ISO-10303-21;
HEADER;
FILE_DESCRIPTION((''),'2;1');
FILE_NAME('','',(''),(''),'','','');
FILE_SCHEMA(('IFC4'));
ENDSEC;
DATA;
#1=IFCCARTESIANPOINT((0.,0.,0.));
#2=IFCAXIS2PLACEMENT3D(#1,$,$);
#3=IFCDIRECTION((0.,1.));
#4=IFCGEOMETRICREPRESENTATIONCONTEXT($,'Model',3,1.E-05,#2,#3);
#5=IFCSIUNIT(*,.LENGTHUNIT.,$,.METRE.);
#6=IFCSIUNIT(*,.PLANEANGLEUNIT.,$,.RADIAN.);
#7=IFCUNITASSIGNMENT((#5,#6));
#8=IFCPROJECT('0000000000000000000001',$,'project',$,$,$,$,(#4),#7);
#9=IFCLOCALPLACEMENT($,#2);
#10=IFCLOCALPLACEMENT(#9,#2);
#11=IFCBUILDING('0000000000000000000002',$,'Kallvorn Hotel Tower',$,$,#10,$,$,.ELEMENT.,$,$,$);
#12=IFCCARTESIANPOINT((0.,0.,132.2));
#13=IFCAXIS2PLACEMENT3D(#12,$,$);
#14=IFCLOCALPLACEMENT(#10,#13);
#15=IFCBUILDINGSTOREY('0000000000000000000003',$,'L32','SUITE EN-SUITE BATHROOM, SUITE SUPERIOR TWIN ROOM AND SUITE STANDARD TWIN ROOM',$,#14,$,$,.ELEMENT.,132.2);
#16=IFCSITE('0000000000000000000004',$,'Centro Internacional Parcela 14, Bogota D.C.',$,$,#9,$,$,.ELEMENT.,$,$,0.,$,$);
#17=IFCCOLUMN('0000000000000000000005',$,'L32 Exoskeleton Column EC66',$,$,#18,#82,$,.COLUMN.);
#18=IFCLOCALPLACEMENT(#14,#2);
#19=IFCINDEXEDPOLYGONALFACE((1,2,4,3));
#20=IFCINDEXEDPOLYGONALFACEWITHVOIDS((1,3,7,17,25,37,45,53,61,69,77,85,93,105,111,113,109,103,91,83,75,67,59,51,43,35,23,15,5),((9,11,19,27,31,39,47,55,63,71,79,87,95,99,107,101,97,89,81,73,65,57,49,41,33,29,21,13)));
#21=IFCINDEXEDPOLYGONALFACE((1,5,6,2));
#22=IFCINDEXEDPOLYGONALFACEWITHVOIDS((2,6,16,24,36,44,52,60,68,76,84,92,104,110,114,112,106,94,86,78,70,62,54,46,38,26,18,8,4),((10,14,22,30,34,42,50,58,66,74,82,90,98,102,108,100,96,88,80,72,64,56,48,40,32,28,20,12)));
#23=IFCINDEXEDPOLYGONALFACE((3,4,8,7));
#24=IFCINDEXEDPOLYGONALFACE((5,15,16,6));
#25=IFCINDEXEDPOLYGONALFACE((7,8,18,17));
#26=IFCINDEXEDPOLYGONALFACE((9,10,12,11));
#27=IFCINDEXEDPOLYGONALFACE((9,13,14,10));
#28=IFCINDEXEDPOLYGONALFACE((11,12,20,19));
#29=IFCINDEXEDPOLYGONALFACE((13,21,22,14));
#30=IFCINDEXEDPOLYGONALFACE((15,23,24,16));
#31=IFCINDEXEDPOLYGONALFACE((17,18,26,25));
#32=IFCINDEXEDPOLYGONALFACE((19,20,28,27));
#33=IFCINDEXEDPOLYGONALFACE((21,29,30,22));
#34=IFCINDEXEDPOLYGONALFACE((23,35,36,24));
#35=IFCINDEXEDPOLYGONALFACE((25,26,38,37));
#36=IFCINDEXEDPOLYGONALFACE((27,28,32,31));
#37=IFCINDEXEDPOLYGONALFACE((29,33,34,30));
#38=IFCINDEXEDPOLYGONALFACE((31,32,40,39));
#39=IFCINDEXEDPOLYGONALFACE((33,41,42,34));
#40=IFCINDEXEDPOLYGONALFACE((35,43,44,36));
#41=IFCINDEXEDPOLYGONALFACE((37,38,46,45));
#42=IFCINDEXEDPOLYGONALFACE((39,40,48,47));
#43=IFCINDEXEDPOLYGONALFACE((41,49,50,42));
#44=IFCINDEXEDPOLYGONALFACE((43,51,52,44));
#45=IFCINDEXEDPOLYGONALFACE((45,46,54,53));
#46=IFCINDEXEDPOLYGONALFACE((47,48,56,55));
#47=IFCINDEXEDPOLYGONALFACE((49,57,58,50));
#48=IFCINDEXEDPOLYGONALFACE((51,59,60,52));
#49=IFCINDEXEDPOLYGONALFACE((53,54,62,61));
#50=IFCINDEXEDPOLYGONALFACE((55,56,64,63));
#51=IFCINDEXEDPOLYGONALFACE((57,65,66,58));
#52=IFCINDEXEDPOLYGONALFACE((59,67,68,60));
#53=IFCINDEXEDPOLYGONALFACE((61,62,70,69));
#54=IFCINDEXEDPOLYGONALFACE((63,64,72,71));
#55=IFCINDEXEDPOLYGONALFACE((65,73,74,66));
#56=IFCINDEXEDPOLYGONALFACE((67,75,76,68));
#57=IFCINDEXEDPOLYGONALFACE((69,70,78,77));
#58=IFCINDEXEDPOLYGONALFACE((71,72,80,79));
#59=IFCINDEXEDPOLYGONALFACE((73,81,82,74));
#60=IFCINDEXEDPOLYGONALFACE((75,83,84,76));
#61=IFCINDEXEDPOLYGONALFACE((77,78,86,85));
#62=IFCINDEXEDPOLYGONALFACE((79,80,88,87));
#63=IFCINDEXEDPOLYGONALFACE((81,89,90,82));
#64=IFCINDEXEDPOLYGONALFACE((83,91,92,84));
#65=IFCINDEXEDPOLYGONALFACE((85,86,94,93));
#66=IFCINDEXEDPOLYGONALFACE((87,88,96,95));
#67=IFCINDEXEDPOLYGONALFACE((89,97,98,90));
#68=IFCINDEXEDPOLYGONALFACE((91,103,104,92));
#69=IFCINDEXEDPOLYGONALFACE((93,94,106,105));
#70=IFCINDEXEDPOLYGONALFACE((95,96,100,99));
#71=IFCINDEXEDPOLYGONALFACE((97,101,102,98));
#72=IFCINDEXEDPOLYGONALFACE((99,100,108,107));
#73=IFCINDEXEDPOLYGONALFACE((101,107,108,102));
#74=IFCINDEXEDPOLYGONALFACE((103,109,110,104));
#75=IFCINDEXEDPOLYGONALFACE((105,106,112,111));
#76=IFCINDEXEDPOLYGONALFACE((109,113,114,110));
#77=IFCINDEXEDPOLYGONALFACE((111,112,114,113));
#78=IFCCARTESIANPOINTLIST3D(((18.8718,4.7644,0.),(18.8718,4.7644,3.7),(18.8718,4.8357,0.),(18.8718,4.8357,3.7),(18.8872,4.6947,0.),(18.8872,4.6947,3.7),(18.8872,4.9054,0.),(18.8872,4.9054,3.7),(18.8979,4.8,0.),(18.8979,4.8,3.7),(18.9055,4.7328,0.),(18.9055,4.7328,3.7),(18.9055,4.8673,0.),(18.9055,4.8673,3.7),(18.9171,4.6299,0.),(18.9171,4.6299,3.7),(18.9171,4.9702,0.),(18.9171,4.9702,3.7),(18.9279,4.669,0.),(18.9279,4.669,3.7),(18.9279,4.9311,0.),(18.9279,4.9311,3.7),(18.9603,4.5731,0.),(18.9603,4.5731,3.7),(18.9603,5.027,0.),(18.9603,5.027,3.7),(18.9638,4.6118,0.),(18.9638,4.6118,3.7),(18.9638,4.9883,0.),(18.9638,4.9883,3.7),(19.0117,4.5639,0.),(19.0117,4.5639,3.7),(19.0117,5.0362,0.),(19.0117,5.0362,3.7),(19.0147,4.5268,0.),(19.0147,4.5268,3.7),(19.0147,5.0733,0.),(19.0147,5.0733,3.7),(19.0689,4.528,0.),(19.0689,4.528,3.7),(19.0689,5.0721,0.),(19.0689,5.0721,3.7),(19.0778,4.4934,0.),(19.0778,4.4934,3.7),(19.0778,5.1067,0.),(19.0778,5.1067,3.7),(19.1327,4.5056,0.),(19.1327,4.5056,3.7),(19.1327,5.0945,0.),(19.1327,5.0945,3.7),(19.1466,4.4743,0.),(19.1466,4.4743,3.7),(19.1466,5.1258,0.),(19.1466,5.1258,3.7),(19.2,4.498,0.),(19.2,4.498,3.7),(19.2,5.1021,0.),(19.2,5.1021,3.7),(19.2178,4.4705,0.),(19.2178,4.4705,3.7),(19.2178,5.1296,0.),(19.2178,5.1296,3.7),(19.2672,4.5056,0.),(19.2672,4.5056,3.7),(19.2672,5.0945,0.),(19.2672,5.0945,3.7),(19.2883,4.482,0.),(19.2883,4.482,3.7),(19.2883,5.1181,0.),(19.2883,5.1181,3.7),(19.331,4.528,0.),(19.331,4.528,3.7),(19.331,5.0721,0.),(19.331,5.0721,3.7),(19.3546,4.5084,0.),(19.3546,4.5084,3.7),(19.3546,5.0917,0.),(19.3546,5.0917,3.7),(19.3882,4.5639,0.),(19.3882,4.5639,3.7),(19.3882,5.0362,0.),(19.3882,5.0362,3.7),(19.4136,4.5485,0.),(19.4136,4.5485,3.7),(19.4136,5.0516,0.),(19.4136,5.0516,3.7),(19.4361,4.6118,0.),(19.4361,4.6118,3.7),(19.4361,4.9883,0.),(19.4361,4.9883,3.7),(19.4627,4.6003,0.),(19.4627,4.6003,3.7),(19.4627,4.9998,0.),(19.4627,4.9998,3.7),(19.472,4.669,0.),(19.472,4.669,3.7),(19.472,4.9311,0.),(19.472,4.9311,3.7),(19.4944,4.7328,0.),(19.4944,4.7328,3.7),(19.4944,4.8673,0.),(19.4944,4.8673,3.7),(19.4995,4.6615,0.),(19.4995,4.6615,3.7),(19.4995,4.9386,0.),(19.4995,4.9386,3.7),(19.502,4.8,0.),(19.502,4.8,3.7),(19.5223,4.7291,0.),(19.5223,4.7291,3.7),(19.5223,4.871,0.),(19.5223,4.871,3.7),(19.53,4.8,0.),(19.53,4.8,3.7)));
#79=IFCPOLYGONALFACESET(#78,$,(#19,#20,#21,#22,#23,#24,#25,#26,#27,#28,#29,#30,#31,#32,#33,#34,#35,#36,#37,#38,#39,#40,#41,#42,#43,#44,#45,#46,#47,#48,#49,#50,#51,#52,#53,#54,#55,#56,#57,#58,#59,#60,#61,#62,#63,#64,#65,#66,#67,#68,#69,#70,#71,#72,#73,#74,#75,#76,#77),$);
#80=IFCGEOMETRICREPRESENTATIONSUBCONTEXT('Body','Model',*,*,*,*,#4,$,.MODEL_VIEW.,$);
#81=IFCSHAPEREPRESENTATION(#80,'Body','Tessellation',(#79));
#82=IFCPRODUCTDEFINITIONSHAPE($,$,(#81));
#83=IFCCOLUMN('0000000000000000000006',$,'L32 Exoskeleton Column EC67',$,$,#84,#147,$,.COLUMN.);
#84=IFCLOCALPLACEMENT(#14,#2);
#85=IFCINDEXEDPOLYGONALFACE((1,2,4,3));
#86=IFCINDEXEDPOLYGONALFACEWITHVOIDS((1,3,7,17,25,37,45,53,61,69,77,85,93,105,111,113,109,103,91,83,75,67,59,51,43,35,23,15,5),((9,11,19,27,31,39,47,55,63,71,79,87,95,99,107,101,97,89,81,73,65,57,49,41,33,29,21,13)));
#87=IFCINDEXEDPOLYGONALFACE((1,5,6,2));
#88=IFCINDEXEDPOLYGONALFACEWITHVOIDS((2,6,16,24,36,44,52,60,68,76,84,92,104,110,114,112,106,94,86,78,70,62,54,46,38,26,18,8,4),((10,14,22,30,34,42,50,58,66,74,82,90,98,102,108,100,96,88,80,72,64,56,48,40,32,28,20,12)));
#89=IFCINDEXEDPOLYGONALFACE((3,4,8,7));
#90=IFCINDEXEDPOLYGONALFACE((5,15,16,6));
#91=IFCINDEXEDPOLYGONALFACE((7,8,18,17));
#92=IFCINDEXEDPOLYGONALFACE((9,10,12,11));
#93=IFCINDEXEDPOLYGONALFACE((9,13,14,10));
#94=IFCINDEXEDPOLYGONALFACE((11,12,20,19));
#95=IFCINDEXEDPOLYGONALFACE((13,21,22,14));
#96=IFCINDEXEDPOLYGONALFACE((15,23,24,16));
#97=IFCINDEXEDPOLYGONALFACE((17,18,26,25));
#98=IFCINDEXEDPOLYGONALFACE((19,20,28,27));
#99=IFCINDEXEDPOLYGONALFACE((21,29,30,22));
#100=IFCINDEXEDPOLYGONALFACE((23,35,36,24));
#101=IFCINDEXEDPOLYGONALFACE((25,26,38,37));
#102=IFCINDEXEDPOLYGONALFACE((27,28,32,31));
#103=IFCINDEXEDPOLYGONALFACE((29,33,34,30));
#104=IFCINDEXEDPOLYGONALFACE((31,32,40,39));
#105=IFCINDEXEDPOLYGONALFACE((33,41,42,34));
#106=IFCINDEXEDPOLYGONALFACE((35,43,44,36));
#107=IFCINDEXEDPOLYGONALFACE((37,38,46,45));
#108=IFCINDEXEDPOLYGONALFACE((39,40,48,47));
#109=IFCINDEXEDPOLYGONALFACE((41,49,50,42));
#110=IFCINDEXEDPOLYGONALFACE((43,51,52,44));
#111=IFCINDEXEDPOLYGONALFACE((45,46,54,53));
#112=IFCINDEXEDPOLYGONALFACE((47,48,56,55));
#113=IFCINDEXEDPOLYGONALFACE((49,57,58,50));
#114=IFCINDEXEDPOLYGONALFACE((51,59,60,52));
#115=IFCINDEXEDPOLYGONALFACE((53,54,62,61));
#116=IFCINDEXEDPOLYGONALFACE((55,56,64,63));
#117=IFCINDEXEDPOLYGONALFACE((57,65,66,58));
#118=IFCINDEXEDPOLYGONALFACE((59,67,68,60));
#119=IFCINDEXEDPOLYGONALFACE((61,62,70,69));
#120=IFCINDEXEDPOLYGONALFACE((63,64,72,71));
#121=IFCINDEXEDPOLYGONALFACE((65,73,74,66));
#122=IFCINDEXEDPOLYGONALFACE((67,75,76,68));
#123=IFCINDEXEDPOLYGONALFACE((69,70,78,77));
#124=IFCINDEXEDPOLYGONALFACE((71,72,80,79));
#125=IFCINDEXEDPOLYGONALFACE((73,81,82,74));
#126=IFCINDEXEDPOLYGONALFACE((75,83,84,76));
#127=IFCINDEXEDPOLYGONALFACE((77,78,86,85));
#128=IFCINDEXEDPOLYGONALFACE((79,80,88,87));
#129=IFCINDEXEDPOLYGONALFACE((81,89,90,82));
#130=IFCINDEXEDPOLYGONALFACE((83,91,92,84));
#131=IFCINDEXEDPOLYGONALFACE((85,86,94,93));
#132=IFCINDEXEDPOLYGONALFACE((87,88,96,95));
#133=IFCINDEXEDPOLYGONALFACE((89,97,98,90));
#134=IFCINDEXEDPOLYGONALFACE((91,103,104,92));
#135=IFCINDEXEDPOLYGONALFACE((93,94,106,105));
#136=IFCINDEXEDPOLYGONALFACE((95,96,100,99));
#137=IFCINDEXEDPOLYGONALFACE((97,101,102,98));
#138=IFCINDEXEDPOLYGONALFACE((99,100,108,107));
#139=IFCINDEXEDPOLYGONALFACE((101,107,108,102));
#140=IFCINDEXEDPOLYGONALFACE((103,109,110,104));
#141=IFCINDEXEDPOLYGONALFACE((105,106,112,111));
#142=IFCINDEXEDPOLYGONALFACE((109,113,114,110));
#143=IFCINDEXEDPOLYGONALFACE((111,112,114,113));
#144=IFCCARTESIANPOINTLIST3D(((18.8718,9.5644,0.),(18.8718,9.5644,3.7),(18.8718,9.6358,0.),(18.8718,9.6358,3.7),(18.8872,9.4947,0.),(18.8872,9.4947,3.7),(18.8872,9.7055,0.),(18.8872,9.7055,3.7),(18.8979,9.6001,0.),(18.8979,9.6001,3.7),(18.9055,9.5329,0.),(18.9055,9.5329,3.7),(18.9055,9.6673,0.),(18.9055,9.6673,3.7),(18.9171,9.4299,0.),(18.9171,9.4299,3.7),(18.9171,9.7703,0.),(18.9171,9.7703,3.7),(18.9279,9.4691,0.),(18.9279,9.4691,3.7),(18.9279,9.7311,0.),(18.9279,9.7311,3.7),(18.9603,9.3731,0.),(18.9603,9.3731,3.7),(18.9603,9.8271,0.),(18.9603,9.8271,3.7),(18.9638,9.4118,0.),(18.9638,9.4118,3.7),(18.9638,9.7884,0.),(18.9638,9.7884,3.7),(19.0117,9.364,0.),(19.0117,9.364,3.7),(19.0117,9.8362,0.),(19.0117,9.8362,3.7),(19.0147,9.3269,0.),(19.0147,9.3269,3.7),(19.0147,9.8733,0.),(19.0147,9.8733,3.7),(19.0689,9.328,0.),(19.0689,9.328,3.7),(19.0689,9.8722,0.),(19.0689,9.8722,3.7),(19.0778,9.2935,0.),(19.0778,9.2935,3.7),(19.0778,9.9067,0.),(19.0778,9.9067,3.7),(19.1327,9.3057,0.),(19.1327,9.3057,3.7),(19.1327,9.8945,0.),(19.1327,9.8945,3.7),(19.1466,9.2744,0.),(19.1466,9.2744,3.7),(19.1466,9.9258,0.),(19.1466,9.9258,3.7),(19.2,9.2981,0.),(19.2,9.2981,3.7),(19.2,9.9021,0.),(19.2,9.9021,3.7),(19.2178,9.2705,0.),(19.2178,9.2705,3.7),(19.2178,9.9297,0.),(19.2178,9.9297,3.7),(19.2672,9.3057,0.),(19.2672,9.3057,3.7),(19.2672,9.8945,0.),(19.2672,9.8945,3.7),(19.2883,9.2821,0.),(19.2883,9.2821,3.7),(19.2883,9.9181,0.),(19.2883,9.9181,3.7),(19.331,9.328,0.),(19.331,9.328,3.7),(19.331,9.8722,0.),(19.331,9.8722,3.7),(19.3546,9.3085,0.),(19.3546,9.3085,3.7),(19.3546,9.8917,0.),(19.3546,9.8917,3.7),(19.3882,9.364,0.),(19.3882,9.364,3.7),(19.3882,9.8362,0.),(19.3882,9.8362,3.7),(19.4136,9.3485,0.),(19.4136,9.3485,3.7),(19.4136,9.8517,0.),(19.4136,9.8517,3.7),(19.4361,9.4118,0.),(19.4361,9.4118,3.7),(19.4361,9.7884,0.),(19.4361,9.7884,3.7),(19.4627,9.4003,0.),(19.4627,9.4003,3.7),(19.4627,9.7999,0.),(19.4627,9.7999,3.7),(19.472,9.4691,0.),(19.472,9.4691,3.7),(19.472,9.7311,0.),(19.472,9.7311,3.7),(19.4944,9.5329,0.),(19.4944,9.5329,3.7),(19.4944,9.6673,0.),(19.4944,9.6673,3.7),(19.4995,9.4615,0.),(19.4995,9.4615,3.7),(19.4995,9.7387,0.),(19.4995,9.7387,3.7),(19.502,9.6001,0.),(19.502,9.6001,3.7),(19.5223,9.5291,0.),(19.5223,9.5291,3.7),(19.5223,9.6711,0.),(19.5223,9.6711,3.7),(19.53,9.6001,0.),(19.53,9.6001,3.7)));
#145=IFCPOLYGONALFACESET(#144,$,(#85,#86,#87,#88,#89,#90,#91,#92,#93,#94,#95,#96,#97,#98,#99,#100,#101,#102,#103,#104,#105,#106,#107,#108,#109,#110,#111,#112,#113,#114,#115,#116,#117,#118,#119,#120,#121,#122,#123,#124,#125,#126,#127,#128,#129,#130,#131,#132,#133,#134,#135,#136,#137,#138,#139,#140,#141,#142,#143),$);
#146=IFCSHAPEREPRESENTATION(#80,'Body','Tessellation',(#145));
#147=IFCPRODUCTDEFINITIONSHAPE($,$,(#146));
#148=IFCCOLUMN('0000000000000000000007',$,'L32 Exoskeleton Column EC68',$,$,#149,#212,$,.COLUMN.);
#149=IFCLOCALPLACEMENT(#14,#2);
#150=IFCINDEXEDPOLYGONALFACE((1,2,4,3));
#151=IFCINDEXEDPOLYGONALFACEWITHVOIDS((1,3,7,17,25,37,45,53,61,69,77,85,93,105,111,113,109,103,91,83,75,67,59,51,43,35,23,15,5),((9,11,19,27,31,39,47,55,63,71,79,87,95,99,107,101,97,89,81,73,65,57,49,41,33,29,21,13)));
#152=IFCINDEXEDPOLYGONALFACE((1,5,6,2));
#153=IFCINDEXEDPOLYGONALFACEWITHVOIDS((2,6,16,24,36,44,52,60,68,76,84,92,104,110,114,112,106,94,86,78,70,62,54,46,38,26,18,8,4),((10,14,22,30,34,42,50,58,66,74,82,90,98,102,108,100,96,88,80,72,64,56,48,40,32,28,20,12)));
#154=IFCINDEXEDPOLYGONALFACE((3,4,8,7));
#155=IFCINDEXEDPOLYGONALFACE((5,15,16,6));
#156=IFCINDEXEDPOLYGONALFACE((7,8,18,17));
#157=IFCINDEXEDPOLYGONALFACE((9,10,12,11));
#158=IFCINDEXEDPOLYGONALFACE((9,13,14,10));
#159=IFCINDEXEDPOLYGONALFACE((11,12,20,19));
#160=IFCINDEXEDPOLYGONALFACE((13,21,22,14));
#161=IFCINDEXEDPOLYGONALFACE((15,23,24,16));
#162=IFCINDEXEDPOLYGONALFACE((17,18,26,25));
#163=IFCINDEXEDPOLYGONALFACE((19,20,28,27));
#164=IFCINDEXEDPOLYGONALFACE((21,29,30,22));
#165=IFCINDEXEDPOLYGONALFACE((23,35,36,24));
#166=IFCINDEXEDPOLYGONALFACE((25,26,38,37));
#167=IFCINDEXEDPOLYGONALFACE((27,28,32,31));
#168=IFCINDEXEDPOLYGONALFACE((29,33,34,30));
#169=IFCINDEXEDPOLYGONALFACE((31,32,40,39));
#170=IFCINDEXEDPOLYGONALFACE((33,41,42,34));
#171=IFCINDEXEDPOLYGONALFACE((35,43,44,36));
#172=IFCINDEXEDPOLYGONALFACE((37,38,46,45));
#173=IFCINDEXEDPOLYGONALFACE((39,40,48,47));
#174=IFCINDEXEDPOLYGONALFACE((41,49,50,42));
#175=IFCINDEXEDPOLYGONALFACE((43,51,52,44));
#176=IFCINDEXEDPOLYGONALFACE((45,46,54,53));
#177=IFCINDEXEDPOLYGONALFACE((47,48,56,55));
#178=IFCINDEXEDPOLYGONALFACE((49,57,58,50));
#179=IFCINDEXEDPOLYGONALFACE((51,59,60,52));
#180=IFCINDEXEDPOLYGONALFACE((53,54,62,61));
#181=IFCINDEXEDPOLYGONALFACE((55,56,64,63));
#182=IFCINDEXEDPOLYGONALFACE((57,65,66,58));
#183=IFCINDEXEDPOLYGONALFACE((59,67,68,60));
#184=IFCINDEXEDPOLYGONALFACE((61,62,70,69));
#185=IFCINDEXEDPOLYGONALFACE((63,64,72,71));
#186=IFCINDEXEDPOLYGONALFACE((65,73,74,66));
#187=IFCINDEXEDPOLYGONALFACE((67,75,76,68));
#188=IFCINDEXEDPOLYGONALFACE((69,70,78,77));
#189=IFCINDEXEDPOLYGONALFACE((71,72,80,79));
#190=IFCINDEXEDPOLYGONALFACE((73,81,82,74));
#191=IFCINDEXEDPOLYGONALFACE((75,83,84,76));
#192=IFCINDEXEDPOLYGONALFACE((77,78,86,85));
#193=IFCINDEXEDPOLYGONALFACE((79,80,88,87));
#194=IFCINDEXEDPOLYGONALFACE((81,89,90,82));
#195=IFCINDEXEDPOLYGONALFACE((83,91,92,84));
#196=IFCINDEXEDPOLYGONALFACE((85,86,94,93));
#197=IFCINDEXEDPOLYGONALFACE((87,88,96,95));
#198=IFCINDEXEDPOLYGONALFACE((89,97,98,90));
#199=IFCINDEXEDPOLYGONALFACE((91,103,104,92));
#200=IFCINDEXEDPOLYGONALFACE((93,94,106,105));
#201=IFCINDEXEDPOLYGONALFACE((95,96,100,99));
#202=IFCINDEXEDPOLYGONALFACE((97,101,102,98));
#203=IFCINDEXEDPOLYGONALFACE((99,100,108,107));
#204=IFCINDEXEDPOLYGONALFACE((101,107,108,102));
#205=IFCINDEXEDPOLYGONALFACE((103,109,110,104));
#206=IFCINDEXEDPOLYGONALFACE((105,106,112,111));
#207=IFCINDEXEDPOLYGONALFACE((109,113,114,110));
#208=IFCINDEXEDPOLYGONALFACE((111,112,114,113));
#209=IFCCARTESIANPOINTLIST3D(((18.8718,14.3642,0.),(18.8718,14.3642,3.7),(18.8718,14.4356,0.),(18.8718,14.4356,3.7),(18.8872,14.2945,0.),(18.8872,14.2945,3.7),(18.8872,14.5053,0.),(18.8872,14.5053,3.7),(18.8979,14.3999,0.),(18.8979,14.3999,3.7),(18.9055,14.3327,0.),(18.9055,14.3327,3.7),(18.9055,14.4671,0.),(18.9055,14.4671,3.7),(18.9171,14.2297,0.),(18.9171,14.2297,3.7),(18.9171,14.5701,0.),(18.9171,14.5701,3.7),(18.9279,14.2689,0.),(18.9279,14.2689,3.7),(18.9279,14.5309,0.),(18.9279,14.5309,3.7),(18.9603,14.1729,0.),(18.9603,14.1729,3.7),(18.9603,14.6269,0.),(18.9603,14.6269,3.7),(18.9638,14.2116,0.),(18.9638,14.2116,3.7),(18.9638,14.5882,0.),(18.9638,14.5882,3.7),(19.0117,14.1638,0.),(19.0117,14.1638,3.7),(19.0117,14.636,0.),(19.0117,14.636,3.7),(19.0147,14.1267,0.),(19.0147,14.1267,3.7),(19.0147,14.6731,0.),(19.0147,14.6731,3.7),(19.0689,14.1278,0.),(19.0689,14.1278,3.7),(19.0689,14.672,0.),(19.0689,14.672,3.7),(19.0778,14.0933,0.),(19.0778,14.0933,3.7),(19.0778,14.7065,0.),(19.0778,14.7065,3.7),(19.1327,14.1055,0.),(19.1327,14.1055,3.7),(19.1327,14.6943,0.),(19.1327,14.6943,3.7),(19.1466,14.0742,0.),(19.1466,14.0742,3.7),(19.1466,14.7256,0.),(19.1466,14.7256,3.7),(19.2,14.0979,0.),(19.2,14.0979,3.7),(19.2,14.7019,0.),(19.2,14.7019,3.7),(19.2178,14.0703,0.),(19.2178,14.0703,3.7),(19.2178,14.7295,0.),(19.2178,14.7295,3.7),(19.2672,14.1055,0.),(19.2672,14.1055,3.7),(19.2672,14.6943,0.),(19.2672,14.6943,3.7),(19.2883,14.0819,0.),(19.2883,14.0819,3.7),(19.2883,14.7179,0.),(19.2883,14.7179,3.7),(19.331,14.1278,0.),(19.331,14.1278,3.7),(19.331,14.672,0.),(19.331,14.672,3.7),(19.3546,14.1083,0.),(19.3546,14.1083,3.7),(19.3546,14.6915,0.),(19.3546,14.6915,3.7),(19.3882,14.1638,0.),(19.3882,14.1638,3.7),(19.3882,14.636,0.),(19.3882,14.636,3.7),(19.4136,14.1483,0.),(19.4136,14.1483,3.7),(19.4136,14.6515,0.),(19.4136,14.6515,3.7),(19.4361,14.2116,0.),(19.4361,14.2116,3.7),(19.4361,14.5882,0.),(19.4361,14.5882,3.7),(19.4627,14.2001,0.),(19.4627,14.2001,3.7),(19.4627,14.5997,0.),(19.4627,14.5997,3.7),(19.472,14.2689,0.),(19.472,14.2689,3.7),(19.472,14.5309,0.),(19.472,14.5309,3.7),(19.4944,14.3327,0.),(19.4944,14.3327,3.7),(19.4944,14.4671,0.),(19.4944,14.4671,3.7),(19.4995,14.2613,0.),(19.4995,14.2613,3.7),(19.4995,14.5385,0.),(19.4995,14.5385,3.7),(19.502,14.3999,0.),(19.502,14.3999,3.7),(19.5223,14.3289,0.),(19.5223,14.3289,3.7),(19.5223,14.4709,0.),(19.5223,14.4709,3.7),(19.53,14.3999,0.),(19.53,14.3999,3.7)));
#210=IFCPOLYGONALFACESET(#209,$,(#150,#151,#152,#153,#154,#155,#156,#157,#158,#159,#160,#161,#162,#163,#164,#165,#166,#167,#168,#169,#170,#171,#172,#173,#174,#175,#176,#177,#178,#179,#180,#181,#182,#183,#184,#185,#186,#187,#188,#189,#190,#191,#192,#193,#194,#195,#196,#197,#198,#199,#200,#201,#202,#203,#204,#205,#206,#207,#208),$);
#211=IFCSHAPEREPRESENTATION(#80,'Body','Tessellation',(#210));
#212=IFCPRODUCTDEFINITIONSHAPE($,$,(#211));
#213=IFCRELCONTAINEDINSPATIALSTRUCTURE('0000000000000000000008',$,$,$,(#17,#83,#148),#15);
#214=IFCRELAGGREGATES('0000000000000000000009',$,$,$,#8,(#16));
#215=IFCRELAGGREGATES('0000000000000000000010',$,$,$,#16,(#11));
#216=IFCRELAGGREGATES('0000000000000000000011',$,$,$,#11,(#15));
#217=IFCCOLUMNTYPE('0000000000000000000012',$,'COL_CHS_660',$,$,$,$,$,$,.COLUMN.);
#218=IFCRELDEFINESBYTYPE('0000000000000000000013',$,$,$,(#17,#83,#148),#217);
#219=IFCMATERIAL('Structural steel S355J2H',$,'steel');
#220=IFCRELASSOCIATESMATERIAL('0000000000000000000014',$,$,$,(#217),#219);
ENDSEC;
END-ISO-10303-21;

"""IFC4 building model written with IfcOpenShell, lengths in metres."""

from ifc_helpers import new_model, si_unit, direction, frame, origin, origin_2d, place, context, subcontext, project, spatial, hollow_circle, extrude, material, material_profile, profile_set, type_object, element, save


model = new_model("IFC4")

# Units and contexts
model_context = context("Model", 3, precision=1e-05, world=origin(), true_north=direction((0.0, 1.0)))
body_context = subcontext(model_context, "Body", "Model", "MODEL_VIEW")
ifc_project = project(units=[si_unit("LENGTHUNIT", "METRE"), si_unit("PLANEANGLEUNIT", "RADIAN")], contexts=[model_context])

# Site, building, storey
site_placement = place(None, origin())
site = spatial("IfcSite", under=ifc_project, at=site_placement, Name="Centro Internacional Parcela 14, Bogota D.C.", CompositionType="ELEMENT", RefElevation=0.0)
building_placement = place(site_placement, origin())
building = spatial("IfcBuilding", under=site, at=building_placement, Name="Kallvorn Hotel Tower", CompositionType="ELEMENT")
storey_placement = place(building_placement, frame((0.0, 0.0, 132.2)))
storey = spatial("IfcBuildingStorey", under=building, at=storey_placement, Name="L32", Description="SUITE EN-SUITE BATHROOM, SUITE SUPERIOR TWIN ROOM AND SUITE STANDARD TWIN ROOM", CompositionType="ELEMENT", Elevation=132.2)

# Columns
ifc_material_1 = material(Name="Structural steel S355J2H", Category="steel")
ifc_material_profile_1 = material_profile(ifc_material_1, hollow_circle(Radius=0.3301, WallThickness=0.0281, at=origin_2d()), Name="CHS 660x28")
ifc_profile_set_1 = profile_set([ifc_material_profile_1], Name="Structural steel S355J2H")
column_type_1 = type_object("IfcColumnType", Name="COL_CHS_660", PredefinedType="COLUMN", material=ifc_profile_set_1)
for number, where, z_axis, x_axis, name in (
    (1, (19.2, 4.8, 0.0), (0.0, 0.0, 1.0), (1.0, 0.0, 0.0), "L32 Exoskeleton Column EC66"),
    (2, (19.2, 9.6001, 0.0), (0.0, 0.0, 1.0), (1.0, 0.0, 0.0), "L32 Exoskeleton Column EC67"),
    (3, (19.2, 14.3999, 0.0), (0.0, 0.0, 1.0), (1.0, 0.0, 0.0), "L32 Exoskeleton Column EC68"),
):
    element("IfcColumn", number, at=place(storey_placement, frame(where, z_axis=z_axis, x_axis=x_axis)), inside=storey, type_object=column_type_1, Name=name, PredefinedType="COLUMN", context=body_context, shape_type="SweptSolid", body=[
        extrude(hollow_circle(Radius=0.3301, WallThickness=0.0281, at=origin_2d()), origin(), (0.0, 0.0, 1.0), 3.7),
    ])

save(model, "model.ifc")
